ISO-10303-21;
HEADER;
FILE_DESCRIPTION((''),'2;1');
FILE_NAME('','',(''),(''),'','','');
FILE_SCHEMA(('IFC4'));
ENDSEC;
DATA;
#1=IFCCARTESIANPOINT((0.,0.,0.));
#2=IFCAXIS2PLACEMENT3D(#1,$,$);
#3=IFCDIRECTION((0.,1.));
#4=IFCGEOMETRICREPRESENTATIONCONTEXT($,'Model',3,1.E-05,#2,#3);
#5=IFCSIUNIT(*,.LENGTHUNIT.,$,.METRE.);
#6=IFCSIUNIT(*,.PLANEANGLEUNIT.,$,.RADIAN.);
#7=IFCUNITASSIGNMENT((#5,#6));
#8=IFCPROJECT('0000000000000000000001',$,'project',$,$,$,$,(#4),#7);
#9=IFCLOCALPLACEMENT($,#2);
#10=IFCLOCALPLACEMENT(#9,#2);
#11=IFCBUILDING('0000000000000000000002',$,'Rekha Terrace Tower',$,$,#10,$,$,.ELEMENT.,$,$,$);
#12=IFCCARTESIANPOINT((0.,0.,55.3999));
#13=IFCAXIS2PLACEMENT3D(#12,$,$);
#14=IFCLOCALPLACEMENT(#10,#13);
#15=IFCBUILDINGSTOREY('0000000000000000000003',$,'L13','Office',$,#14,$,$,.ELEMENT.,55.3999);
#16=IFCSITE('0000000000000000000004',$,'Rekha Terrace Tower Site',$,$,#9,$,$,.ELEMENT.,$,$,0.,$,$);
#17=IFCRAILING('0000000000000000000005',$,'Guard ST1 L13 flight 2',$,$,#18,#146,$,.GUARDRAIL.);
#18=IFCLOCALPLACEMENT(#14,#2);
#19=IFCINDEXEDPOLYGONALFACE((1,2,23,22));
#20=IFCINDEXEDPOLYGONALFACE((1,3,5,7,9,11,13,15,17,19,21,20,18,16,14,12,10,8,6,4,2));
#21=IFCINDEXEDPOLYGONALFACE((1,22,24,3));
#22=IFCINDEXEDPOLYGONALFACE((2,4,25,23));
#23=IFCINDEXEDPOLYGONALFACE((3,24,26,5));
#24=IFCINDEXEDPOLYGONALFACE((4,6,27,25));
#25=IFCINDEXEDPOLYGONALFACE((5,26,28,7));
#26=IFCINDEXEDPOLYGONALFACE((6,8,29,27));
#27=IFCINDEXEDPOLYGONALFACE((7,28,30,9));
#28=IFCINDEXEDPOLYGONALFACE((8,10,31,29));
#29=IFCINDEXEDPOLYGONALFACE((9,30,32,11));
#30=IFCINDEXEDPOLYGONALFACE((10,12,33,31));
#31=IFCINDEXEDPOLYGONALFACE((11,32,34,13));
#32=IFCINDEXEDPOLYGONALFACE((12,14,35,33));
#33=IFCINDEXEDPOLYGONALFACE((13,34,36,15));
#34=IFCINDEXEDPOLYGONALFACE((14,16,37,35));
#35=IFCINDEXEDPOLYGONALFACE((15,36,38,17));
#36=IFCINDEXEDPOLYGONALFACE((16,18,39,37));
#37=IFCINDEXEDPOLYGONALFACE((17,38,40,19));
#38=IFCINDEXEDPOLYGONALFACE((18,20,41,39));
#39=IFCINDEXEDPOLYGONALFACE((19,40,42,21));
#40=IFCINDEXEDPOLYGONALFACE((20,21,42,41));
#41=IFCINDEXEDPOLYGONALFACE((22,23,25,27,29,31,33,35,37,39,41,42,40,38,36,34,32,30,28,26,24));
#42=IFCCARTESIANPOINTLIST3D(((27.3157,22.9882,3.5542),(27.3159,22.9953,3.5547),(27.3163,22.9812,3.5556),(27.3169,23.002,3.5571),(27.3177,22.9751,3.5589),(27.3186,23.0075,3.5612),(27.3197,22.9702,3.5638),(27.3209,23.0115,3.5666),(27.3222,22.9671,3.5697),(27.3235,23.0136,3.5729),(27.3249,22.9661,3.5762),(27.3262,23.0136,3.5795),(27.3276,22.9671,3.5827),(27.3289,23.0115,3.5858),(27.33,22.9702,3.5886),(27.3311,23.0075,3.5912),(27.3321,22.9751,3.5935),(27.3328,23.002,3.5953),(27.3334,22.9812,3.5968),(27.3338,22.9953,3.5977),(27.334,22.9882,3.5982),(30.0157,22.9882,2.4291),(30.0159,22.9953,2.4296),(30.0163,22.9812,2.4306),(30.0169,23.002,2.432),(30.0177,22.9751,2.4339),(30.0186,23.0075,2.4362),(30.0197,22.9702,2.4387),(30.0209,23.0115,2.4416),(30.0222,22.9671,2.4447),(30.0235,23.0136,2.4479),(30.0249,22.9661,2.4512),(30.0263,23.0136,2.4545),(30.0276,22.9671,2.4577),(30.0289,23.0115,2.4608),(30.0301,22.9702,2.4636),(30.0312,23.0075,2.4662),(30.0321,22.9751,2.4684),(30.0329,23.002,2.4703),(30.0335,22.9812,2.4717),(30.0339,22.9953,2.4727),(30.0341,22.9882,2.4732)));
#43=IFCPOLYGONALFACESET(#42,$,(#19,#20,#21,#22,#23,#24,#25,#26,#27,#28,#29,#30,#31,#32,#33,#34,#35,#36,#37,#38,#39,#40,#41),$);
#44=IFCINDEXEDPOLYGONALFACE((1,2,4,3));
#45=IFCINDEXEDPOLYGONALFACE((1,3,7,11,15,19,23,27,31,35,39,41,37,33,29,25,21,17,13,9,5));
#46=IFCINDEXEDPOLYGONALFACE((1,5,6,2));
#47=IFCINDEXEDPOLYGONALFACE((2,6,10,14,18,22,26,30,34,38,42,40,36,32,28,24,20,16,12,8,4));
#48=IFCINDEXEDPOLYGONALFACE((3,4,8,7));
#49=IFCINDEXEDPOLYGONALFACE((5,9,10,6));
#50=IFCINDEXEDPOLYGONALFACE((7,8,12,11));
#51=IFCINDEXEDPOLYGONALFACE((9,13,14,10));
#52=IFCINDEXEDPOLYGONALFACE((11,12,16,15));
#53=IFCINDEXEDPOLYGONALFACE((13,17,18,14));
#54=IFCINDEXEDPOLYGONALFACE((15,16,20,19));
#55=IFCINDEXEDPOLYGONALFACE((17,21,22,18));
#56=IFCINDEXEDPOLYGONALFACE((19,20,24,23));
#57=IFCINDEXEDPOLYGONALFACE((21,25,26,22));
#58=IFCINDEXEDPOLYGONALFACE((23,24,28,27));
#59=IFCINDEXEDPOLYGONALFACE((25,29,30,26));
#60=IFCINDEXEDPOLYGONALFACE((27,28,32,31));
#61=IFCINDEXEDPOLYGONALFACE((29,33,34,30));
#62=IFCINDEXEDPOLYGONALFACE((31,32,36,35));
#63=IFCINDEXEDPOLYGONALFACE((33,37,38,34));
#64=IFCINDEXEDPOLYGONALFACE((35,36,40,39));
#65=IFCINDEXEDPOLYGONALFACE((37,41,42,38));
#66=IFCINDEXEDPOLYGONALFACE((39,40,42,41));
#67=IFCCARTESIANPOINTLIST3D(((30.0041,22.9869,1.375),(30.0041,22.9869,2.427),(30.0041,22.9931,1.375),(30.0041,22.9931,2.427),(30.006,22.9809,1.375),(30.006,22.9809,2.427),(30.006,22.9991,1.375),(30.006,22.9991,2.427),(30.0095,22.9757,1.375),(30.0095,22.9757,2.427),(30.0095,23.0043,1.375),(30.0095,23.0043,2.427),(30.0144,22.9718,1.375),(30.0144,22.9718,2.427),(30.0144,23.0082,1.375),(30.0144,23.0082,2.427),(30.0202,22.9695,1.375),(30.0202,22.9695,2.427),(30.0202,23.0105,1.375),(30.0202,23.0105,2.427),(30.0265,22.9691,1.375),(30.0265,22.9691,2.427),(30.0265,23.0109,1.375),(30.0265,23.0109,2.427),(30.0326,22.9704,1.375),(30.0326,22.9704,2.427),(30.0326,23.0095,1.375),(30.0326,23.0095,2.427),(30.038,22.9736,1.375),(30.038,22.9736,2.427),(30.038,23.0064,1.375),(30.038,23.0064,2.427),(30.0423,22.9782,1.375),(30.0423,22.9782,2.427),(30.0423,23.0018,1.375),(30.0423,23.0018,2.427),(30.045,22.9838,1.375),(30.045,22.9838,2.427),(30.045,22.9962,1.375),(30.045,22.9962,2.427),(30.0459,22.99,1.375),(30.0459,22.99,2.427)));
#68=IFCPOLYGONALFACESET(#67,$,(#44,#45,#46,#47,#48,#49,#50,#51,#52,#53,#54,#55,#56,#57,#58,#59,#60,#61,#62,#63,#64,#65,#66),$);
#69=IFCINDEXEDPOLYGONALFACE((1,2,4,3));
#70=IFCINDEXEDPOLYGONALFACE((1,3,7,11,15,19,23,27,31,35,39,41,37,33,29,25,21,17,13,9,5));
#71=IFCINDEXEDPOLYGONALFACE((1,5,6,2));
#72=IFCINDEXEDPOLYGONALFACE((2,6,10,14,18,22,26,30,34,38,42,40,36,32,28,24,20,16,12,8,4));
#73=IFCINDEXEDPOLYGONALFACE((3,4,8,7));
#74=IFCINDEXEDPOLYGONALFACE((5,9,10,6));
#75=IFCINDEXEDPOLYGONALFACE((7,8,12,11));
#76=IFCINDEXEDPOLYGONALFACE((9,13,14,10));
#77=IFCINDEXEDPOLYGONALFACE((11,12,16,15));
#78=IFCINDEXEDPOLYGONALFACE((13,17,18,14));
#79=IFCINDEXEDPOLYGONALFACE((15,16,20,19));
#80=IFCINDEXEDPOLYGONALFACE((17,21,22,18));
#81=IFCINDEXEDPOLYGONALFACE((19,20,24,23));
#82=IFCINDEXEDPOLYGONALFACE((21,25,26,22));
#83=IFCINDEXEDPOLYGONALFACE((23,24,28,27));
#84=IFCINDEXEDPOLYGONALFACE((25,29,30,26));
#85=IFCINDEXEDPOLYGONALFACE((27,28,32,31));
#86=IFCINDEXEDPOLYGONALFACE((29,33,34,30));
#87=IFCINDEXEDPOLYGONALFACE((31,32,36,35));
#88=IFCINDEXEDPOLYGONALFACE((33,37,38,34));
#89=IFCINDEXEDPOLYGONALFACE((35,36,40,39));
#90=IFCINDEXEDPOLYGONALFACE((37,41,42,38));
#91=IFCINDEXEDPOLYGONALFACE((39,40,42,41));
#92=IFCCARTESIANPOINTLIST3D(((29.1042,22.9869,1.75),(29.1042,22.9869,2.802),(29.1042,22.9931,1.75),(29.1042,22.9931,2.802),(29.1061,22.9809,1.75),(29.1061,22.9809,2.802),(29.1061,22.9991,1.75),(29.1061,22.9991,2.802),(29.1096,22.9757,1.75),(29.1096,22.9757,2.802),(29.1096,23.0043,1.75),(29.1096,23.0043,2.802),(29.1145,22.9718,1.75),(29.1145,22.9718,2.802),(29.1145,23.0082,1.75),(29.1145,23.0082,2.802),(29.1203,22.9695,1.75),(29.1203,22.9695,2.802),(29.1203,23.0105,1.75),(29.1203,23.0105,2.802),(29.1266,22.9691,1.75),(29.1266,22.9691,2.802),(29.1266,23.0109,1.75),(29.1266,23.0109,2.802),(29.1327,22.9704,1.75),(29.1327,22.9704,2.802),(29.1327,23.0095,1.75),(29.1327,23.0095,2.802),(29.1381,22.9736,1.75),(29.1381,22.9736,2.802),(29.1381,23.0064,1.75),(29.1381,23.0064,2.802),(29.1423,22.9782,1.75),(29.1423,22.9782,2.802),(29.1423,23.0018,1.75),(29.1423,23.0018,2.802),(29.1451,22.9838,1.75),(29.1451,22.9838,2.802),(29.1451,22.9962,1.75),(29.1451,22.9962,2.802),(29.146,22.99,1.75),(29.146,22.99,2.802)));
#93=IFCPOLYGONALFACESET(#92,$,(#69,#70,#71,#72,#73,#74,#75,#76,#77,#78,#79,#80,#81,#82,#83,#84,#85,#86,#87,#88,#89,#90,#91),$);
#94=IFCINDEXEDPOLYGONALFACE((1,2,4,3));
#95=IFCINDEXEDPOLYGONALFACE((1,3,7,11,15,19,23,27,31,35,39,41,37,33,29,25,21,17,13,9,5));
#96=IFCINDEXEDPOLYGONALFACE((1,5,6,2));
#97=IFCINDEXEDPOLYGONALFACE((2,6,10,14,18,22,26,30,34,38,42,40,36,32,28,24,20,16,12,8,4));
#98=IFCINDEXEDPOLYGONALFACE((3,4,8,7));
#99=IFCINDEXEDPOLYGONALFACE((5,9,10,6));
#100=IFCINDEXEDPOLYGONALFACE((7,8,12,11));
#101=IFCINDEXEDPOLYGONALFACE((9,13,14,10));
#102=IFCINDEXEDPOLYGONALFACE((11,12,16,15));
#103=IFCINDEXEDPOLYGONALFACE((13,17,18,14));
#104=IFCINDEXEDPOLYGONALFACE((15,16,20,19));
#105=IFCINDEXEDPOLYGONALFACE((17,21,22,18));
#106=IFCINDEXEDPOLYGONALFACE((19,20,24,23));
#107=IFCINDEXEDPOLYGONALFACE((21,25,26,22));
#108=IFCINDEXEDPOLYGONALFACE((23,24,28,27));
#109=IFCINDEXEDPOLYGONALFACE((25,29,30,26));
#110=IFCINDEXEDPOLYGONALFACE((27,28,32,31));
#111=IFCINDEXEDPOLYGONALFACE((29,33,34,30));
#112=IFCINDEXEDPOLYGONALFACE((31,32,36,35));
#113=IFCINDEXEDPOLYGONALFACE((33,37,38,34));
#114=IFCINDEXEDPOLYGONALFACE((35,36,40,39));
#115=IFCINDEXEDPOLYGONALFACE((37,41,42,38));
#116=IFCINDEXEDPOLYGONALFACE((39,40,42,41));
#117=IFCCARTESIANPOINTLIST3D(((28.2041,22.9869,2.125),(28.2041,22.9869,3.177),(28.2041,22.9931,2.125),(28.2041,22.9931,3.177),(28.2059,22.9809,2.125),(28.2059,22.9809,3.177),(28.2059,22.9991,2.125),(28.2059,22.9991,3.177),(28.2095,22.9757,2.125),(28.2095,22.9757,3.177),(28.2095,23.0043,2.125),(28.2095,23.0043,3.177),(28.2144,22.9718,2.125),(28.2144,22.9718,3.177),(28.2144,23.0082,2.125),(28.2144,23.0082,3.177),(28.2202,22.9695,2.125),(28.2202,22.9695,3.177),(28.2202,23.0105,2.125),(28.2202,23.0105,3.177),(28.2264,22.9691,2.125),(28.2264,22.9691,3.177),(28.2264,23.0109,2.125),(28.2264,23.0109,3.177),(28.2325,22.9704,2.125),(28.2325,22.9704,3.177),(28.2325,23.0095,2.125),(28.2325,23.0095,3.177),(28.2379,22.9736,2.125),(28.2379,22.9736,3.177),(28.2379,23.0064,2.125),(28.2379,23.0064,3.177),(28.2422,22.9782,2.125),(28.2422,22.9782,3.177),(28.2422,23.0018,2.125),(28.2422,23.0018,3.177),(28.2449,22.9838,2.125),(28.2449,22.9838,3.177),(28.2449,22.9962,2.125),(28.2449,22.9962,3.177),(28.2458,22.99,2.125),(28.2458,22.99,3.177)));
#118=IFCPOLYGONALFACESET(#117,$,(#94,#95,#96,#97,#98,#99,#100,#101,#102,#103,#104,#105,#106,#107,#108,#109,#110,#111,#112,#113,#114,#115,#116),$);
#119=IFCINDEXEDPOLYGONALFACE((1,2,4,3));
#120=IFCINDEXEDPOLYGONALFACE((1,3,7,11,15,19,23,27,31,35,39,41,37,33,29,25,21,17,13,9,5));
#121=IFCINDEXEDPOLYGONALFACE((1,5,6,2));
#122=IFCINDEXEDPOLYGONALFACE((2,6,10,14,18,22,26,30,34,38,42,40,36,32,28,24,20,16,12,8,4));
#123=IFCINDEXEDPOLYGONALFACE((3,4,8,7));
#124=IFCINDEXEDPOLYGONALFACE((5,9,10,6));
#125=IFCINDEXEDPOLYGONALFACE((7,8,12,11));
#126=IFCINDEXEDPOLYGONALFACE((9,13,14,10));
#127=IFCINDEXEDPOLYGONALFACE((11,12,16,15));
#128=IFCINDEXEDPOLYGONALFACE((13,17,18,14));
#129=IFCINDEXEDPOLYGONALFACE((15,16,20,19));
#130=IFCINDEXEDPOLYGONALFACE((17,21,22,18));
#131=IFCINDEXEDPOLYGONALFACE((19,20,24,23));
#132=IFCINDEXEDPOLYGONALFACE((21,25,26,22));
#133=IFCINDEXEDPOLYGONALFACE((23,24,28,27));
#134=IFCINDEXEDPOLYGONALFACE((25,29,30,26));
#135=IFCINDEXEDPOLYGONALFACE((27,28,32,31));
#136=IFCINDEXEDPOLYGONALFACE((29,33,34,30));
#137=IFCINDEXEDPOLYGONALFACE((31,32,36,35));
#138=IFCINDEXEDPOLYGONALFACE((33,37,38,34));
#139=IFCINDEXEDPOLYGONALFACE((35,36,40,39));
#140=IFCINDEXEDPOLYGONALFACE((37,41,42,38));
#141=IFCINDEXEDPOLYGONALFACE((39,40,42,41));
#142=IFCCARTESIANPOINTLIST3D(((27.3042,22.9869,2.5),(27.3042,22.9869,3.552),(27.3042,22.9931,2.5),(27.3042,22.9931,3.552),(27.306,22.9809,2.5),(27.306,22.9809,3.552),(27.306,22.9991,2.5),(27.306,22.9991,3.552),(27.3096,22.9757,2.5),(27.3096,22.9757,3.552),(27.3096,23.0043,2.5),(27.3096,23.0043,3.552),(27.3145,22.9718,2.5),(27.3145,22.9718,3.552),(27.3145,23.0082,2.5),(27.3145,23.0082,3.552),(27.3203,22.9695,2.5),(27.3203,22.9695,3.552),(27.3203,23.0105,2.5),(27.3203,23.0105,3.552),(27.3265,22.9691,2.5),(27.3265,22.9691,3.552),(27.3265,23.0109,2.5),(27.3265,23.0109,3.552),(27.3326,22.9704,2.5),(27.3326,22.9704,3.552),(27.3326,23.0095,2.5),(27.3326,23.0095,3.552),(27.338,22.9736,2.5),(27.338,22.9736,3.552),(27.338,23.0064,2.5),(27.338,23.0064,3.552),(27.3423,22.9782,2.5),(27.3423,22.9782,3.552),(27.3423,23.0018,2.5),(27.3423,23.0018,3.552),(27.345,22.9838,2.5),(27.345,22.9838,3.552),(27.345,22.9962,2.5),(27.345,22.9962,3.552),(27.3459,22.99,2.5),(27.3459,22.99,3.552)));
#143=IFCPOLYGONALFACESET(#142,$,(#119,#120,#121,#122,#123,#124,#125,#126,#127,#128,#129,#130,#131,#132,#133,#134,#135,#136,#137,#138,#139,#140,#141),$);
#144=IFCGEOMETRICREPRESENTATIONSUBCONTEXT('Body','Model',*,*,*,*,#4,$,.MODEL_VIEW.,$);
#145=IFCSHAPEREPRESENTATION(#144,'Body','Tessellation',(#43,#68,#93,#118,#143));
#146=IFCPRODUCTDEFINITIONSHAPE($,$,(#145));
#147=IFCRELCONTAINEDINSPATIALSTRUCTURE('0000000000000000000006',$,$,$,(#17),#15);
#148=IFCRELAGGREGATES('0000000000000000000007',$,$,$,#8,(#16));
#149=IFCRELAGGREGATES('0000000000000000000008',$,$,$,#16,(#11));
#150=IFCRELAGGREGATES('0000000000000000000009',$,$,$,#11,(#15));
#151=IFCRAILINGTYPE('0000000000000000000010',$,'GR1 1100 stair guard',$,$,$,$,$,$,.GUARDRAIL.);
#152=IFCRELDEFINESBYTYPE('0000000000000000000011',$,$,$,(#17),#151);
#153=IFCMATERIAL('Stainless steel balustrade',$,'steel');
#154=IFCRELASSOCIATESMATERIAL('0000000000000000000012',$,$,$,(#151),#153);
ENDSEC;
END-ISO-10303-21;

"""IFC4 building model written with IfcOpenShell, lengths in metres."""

from ifc_helpers import new_model, si_unit, direction, frame, origin, origin_2d, place, context, subcontext, project, spatial, circle, extrude, material, type_object, element, save


model = new_model("IFC4")

# Units and contexts
model_context = context("Model", 3, precision=1e-05, world=origin(), true_north=direction((0.0, 1.0)))
body_context = subcontext(model_context, "Body", "Model", "MODEL_VIEW")
ifc_project = project(units=[si_unit("LENGTHUNIT", "METRE"), si_unit("PLANEANGLEUNIT", "RADIAN")], contexts=[model_context])

# Site, building, storey
site_placement = place(None, origin())
site = spatial("IfcSite", under=ifc_project, at=site_placement, Name="Rekha Terrace Tower Site", CompositionType="ELEMENT", RefElevation=0.0)
building_placement = place(site_placement, origin())
building = spatial("IfcBuilding", under=site, at=building_placement, Name="Rekha Terrace Tower", CompositionType="ELEMENT")
storey_placement = place(building_placement, frame((0.0, 0.0, 55.3999)))
storey = spatial("IfcBuildingStorey", under=building, at=storey_placement, Name="L13", Description="Office", CompositionType="ELEMENT", Elevation=55.3999)

# Railing
ifc_material_1 = material(Name="Stainless steel balustrade", Category="steel")
railing_type_1 = type_object("IfcRailingType", Name="GR1 1100 stair guard", PredefinedType="GUARDRAIL", material=ifc_material_1)
railing_1_placement = place(storey_placement, frame((30.0249, 22.99, 1.375)))
element("IfcRailing", 1, at=railing_1_placement, inside=storey, type_object=railing_type_1, Name="Guard ST1 L13 flight 2", PredefinedType="GUARDRAIL", context=body_context, shape_type="SweptSolid", body=[
    extrude(circle(Radius=0.0239, at=origin_2d()), frame((0.0, 0.0, 1.0762), z_axis=(-0.923074, 0.0, 0.384621), x_axis=(0.0, -1.0, 0.0)), (0.0, 0.0, 1.0), 2.925),
    extrude(circle(Radius=0.021, at=origin_2d()), origin(), (0.0, 0.0, 1.0), 1.052),
    extrude(circle(Radius=0.021, at=origin_2d()), frame((-0.8999, 0.0, 0.375)), (0.0, 0.0, 1.0), 1.052),
    extrude(circle(Radius=0.021, at=origin_2d()), frame((-1.8, 0.0, 0.75)), (0.0, 0.0, 1.0), 1.052),
    extrude(circle(Radius=0.021, at=origin_2d()), frame((-2.7, 0.0, 1.125)), (0.0, 0.0, 1.0), 1.052),
])

save(model, "model.ifc")
